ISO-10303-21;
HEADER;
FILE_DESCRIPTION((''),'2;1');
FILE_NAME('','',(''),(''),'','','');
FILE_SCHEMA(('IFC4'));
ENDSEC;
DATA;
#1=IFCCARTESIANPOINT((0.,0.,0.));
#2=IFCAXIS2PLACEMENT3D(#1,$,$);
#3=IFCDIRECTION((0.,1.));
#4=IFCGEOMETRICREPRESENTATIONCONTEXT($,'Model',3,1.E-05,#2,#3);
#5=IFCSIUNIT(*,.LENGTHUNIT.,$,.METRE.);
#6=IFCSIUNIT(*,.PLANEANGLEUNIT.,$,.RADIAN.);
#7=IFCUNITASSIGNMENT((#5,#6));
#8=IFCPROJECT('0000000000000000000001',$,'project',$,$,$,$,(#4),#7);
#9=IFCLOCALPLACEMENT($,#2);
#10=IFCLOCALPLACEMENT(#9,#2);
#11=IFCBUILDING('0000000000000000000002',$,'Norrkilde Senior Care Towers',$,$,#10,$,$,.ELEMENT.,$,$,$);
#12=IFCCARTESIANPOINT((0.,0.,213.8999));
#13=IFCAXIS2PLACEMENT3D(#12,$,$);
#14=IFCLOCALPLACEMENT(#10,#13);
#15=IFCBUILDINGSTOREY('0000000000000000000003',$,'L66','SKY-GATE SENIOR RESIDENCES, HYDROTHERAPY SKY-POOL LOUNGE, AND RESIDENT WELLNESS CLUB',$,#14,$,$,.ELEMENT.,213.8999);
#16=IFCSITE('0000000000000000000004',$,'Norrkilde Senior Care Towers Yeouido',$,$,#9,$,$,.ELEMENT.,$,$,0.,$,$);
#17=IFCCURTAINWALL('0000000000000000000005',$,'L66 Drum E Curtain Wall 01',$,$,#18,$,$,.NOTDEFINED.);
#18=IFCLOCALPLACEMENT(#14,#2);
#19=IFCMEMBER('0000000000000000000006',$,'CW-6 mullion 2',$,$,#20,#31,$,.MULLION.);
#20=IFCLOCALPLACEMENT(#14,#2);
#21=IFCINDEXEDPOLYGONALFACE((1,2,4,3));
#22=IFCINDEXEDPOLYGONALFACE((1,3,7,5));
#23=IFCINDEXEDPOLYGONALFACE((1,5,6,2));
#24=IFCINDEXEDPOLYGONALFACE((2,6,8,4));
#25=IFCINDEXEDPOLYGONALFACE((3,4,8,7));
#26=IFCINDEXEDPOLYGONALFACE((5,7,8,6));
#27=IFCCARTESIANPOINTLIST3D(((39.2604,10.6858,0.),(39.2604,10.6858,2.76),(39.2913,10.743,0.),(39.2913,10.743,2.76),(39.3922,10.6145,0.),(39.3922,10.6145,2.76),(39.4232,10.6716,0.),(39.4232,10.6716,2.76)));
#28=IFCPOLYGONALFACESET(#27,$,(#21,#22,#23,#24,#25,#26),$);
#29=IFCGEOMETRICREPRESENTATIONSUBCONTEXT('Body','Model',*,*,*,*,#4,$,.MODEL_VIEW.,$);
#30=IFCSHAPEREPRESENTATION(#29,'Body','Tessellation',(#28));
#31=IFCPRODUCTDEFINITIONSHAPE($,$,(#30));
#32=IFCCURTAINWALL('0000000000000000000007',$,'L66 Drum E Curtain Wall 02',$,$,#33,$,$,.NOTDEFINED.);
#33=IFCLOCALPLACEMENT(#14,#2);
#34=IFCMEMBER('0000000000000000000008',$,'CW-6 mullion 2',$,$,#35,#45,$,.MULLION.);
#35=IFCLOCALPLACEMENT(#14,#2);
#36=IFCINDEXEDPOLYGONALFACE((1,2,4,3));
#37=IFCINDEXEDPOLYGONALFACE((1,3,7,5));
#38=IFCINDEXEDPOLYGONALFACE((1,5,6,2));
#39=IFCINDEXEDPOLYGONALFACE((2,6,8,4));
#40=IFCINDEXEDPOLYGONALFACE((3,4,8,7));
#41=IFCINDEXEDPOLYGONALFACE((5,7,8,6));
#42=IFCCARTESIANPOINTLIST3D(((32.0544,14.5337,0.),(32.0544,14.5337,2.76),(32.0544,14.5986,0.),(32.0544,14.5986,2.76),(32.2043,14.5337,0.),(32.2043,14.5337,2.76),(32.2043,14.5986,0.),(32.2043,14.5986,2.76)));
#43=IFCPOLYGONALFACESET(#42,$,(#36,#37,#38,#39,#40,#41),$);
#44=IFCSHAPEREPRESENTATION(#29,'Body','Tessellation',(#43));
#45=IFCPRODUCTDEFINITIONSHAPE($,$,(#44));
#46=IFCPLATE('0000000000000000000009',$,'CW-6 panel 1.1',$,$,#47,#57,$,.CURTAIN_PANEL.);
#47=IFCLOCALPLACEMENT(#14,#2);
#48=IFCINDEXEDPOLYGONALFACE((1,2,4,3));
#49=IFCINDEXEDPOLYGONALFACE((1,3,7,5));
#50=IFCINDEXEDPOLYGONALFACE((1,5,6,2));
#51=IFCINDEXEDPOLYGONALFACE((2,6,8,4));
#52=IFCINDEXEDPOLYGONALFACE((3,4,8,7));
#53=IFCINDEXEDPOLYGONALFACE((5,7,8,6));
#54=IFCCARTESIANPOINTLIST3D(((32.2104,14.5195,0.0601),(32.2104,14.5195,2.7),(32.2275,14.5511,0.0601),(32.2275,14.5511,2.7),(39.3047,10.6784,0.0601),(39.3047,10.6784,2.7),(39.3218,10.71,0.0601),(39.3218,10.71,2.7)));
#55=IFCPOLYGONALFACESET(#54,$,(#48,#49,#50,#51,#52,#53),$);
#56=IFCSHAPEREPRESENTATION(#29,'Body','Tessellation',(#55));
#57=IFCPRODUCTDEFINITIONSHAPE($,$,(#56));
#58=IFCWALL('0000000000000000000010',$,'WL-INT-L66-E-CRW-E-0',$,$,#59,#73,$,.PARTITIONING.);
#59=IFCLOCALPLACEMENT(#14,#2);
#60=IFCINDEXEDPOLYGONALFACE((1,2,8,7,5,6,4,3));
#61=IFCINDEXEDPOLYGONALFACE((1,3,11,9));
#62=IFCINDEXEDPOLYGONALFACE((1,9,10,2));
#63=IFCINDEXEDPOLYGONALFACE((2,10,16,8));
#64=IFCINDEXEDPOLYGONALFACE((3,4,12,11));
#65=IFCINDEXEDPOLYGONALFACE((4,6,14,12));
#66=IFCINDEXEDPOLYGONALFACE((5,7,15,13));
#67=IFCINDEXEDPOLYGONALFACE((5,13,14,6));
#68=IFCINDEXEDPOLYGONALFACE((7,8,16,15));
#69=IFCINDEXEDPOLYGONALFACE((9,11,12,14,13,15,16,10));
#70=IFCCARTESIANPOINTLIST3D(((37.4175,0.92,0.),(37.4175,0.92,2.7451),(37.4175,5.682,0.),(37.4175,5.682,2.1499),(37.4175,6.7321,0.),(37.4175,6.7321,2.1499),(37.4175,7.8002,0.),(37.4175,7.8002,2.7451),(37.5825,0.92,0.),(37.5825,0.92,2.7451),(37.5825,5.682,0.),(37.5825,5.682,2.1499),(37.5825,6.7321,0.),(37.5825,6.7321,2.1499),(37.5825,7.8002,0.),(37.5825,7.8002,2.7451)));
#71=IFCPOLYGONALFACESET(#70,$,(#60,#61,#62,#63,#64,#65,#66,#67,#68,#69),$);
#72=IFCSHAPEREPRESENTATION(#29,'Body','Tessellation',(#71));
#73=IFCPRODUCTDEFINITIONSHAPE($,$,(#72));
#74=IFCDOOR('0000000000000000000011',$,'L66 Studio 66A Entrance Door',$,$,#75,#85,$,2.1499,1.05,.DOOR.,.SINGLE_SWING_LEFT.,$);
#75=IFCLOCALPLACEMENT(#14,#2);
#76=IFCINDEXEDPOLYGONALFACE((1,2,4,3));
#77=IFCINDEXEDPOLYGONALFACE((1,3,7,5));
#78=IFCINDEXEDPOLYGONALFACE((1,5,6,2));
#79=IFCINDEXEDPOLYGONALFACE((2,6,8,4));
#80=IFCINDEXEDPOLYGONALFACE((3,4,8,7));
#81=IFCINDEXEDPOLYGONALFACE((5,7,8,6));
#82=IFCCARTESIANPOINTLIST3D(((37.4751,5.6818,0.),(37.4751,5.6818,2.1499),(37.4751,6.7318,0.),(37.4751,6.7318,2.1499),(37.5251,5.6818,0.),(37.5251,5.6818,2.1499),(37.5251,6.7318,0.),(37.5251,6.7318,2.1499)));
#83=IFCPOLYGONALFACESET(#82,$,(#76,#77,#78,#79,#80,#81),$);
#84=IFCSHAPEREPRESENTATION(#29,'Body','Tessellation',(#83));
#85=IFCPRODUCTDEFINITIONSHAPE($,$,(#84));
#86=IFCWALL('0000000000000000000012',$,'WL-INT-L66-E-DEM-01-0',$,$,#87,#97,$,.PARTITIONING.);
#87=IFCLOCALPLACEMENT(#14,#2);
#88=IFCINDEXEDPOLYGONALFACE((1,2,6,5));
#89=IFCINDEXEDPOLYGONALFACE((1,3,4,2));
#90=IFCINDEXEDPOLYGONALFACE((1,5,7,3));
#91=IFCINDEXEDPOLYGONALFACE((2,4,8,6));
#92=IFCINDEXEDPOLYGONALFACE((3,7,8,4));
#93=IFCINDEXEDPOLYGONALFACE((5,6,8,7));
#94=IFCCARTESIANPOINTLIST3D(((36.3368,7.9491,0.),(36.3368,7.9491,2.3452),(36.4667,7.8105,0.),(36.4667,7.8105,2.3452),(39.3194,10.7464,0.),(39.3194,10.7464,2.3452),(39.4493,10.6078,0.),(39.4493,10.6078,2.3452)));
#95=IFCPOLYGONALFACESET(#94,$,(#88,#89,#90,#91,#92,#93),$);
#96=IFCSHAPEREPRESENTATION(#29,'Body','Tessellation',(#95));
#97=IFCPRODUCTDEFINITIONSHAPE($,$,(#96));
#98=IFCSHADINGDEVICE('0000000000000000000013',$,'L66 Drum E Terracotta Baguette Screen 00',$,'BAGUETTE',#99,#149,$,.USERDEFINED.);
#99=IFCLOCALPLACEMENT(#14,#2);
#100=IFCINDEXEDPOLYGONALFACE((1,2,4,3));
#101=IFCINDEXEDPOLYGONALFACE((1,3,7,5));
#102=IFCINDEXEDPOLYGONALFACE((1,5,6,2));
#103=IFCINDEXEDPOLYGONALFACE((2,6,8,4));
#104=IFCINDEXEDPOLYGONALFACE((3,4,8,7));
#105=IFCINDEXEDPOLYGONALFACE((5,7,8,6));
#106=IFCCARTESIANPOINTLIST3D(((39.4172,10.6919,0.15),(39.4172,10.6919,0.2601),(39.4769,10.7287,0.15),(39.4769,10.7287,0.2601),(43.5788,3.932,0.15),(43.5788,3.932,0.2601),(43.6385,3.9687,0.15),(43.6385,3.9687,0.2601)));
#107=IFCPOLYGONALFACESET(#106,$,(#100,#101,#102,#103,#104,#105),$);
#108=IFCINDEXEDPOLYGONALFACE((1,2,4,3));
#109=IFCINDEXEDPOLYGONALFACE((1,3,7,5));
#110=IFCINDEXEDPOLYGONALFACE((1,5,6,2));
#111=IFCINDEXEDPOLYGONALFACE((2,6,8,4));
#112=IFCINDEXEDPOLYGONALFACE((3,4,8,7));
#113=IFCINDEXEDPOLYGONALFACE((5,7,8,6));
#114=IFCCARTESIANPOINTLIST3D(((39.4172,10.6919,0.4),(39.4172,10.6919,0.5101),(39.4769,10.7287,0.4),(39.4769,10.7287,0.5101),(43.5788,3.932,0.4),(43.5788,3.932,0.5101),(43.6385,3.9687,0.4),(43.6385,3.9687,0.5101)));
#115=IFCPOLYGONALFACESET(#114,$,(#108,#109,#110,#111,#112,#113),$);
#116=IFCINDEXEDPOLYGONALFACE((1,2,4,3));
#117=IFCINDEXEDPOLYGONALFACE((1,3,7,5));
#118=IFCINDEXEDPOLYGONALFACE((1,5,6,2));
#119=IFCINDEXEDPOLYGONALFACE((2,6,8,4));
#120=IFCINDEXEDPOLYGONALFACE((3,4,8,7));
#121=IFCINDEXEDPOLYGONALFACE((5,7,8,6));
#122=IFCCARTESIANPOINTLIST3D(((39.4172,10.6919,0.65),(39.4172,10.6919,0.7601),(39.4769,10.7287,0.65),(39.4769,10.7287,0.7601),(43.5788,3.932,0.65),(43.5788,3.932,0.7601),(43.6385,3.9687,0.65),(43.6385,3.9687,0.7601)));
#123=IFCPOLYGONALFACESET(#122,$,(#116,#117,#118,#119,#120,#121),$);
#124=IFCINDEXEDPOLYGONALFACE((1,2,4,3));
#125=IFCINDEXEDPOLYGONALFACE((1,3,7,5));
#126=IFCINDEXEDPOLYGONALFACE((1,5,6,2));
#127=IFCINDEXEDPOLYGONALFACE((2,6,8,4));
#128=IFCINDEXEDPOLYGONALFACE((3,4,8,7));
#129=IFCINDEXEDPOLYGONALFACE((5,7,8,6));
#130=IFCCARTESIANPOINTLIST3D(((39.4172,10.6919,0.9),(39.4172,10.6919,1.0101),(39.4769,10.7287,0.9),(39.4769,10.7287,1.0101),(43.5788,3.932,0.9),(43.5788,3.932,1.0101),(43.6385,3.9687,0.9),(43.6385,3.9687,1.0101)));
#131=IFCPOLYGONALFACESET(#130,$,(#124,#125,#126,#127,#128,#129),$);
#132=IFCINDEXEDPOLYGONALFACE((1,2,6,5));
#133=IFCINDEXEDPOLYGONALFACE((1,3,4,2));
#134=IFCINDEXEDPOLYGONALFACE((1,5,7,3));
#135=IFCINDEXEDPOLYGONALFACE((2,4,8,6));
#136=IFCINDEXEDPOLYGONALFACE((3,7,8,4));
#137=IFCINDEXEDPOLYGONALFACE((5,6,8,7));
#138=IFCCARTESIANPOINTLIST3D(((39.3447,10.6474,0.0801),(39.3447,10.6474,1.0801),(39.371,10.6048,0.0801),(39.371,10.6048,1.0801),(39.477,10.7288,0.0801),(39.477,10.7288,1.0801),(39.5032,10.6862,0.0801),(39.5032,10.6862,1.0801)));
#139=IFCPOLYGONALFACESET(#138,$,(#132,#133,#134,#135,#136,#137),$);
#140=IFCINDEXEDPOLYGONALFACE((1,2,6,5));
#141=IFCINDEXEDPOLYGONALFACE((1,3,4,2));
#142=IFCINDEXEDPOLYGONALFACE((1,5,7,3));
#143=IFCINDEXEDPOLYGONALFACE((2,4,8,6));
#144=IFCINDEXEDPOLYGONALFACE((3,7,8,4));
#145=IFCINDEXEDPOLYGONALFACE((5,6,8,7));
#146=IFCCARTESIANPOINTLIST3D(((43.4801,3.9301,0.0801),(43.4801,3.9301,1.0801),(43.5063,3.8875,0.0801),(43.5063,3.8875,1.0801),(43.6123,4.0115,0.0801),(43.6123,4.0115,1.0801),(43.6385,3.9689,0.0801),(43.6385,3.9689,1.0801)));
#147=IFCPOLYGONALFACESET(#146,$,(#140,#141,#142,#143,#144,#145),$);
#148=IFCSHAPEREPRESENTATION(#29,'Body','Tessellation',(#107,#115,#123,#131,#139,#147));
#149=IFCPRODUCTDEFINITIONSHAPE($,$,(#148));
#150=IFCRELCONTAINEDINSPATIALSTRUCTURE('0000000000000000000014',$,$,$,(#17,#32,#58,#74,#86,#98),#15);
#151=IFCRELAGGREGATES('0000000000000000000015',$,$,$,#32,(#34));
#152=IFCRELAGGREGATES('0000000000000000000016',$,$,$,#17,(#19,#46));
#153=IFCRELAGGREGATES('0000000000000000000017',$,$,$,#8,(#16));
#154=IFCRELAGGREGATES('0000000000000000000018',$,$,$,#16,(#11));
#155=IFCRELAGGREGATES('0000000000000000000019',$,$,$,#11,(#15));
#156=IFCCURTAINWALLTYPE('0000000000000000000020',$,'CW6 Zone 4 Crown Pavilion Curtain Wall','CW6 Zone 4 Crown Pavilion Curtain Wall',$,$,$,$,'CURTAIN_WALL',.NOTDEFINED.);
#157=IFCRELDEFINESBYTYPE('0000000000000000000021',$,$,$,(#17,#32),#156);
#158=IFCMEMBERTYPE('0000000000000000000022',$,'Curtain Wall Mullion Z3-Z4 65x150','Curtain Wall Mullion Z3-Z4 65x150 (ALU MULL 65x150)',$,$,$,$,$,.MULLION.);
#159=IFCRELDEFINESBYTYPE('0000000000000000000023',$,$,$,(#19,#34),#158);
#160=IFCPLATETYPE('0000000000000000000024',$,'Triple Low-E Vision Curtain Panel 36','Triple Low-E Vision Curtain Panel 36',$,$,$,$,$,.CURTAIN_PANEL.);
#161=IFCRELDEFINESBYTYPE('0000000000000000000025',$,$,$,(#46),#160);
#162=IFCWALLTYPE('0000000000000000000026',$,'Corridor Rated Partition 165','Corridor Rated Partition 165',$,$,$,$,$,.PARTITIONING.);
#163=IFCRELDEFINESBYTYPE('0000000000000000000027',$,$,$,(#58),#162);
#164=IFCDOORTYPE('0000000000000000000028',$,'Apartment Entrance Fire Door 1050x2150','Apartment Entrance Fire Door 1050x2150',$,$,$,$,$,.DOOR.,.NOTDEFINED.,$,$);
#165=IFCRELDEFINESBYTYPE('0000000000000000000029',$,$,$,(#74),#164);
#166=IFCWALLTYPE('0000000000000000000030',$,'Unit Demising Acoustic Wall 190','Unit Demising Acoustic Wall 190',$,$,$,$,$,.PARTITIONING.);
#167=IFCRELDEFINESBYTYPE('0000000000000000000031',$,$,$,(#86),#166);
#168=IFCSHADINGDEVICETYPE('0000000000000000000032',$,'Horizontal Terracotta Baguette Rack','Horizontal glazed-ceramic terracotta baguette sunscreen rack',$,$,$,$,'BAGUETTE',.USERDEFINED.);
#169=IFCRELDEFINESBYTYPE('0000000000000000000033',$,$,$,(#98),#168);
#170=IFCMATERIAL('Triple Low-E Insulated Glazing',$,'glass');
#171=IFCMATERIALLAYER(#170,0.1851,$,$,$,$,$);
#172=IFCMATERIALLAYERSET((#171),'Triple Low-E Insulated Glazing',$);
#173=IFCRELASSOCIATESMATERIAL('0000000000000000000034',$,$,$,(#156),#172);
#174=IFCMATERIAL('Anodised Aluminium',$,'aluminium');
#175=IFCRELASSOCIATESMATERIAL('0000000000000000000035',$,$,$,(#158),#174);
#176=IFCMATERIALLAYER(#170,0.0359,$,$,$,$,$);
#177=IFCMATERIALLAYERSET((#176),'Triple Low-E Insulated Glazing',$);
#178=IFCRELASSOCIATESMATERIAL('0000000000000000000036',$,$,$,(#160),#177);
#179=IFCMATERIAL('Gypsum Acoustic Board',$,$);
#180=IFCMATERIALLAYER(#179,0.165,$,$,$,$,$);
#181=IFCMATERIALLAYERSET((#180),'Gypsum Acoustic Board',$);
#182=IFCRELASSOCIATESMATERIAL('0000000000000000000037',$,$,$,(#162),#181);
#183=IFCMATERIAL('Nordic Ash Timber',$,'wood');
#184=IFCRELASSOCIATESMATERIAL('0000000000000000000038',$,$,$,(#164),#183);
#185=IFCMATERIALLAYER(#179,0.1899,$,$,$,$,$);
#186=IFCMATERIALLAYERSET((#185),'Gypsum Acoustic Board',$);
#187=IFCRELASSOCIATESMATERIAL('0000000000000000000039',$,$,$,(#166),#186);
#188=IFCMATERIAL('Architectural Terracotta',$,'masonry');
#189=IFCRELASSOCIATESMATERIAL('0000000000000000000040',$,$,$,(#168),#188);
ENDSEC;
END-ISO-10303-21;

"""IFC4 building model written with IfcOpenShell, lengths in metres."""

from ifc_helpers import new_model, si_unit, direction, frame, frame_2d, origin, origin_2d, place, context, subcontext, project, spatial, rectangle, extrude, source, transform, mapped, material, layer, layer_set, material_profile, profile_set, type_object, type_shapes, element, fill, aggregate, save


model = new_model("IFC4")

# Units and contexts
model_context = context("Model", 3, precision=1e-05, world=origin(), true_north=direction((0.0, 1.0)))
body_context = subcontext(model_context, "Body", "Model", "MODEL_VIEW")
ifc_project = project(units=[si_unit("LENGTHUNIT", "METRE"), si_unit("PLANEANGLEUNIT", "RADIAN")], contexts=[model_context])

# Site, building, storey
site_placement = place(None, origin())
site = spatial("IfcSite", under=ifc_project, at=site_placement, Name="Norrkilde Senior Care Towers Yeouido", CompositionType="ELEMENT", RefElevation=0.0)
building_placement = place(site_placement, origin())
building = spatial("IfcBuilding", under=site, at=building_placement, Name="Norrkilde Senior Care Towers", CompositionType="ELEMENT")
storey_placement = place(building_placement, frame((0.0, 0.0, 213.8999)))
storey = spatial("IfcBuildingStorey", under=building, at=storey_placement, Name="L66", Description="SKY-GATE SENIOR RESIDENCES, HYDROTHERAPY SKY-POOL LOUNGE, AND RESIDENT WELLNESS CLUB", CompositionType="ELEMENT", Elevation=213.8999)

# Curtain wall
ifc_material_1 = material(Name="Triple Low-E Insulated Glazing", Category="glass")
ifc_layer_1 = layer(ifc_material_1, 0.1851)
ifc_layer_set_1 = layer_set([ifc_layer_1], Name="Triple Low-E Insulated Glazing")
curtain_wall_type = type_object("IfcCurtainWallType", Name="CW6 Zone 4 Crown Pavilion Curtain Wall", Description="CW6 Zone 4 Crown Pavilion Curtain Wall", ElementType="CURTAIN_WALL", PredefinedType="NOTDEFINED", material=ifc_layer_set_1)
ifc_material_2 = material(Name="Anodised Aluminium", Category="aluminium")
curtain_wall_1_placement = place(storey_placement, origin())
curtain_wall_1 = element("IfcCurtainWall", 1, at=curtain_wall_1_placement, inside=storey, type_object=curtain_wall_type, Name="L66 Drum E Curtain Wall 01", PredefinedType="NOTDEFINED")

# Member
ifc_material_profile_1 = material_profile(ifc_material_2, rectangle(XDim=0.0649, YDim=0.1499, at=origin_2d()), Name="ALU MULL 65x150")
ifc_profile_set_1 = profile_set([ifc_material_profile_1], Name="Anodised Aluminium")
member_type_1 = type_object("IfcMemberType", Name="Curtain Wall Mullion Z3-Z4 65x150", Description="Curtain Wall Mullion Z3-Z4 65x150 (ALU MULL 65x150)", PredefinedType="MULLION", material=ifc_profile_set_1)
shared_shape_1 = source(origin(), body_context, "Body", "SweptSolid", [
    extrude(rectangle(XDim=0.0649, YDim=0.1499, at=origin_2d()), origin(), (0.0, 0.0, 1.0), 2.76),
])
type_shapes(member_type_1, [shared_shape_1])
member_1_placement = place(storey_placement, frame((39.3418, 10.6787, 0.0), z_axis=(0.0, 0.0, 1.0), x_axis=(0.476133, 0.879373, 0.0)))
member_1 = element("IfcMember", 2, at=member_1_placement, type_object=member_type_1, Name="CW-6 mullion 2", PredefinedType="MULLION", context=body_context, shape_type="MappedRepresentation", body=[
    mapped(shared_shape_1, transform((0.0, 0.0, 0.0), x_axis=(1.0, 0.0, 0.0), y_axis=(0.0, 1.0, 0.0), z_axis=(0.0, 0.0, 1.0), scale=1.0)),
])

# Curtain wall, member
curtain_wall_2_placement = place(storey_placement, origin())
curtain_wall_2 = element("IfcCurtainWall", 3, at=curtain_wall_2_placement, inside=storey, type_object=curtain_wall_type, Name="L66 Drum E Curtain Wall 02", PredefinedType="NOTDEFINED")
member_2_placement = place(storey_placement, frame((32.1294, 14.5662, 0.0), z_axis=(0.0, 0.0, 1.0), x_axis=(0.0, 1.0, 0.0)))
member_2 = element("IfcMember", 4, at=member_2_placement, type_object=member_type_1, Name="CW-6 mullion 2", PredefinedType="MULLION", context=body_context, shape_type="MappedRepresentation", body=[
    mapped(shared_shape_1, transform((0.0, 0.0, 0.0), x_axis=(1.0, 0.0, 0.0), y_axis=(0.0, 1.0, 0.0), z_axis=(0.0, 0.0, 1.0), scale=1.0)),
])
aggregate(curtain_wall_2, [member_2])

# Plate
ifc_layer_2 = layer(ifc_material_1, 0.0359)
ifc_layer_set_2 = layer_set([ifc_layer_2], Name="Triple Low-E Insulated Glazing")
plate_type = type_object("IfcPlateType", Name="Triple Low-E Vision Curtain Panel 36", Description="Triple Low-E Vision Curtain Panel 36", PredefinedType="CURTAIN_PANEL", material=ifc_layer_set_2)
shared_shape_2 = source(origin(), body_context, "Body", "SweptSolid", [
    extrude(rectangle(XDim=8.0674, YDim=0.0359, at=origin_2d()), origin(), (0.0, 0.0, 1.0), 2.6399),
])
type_shapes(plate_type, [shared_shape_2])
plate_placement = place(storey_placement, frame((35.7661, 12.6147, 0.0601), z_axis=(0.0, 0.0, 1.0), x_axis=(0.879373, -0.476133, 0.0)))
plate = element("IfcPlate", 5, at=plate_placement, type_object=plate_type, Name="CW-6 panel 1.1", PredefinedType="CURTAIN_PANEL", context=body_context, shape_type="MappedRepresentation", body=[
    mapped(shared_shape_2, transform((0.0, 0.0, 0.0), x_axis=(1.0, 0.0, 0.0), y_axis=(0.0, 1.0, 0.0), z_axis=(0.0, 0.0, 1.0), scale=1.0)),
])
aggregate(curtain_wall_1, [member_1, plate])

# Wall, opening, door
ifc_material_3 = material(Name="Gypsum Acoustic Board")
ifc_layer_3 = layer(ifc_material_3, 0.165)
ifc_layer_set_3 = layer_set([ifc_layer_3], Name="Gypsum Acoustic Board")
wall_type_1 = type_object("IfcWallType", Name="Corridor Rated Partition 165", Description="Corridor Rated Partition 165", PredefinedType="PARTITIONING", material=ifc_layer_set_3)
shared_shape_3 = source(origin(), body_context, "Body", "SweptSolid", [
    extrude(rectangle(XDim=6.8801, YDim=0.165, at=frame_2d((3.4399, 0.0))), origin(), (0.0, 0.0, 1.0), 2.7451),
])
type_shapes(wall_type_1, [shared_shape_3])
wall_1_placement = place(storey_placement, frame((37.5, 7.8, 0.0), z_axis=(0.0, 0.0, 1.0), x_axis=(0.0, -1.0, 0.0)))
wall_1 = element("IfcWall", 6, at=wall_1_placement, inside=storey, type_object=wall_type_1, Name="WL-INT-L66-E-CRW-E-0", PredefinedType="PARTITIONING", context=body_context, shape_type="MappedRepresentation", body=[
    mapped(shared_shape_3, transform((0.0, 0.0, 0.0), x_axis=(1.0, 0.0, 0.0), y_axis=(0.0, 1.0, 0.0), z_axis=(0.0, 0.0, 1.0), scale=1.0)),
])
opening_placement = place(wall_1_placement, frame((1.0681, 0.0, 0.0)))
opening = element("IfcOpeningElement", 7, at=opening_placement, cuts=wall_1, PredefinedType="OPENING", context=body_context, shape_type="SweptSolid", body=[
    extrude(rectangle(XDim=1.05, YDim=2.1499, at=frame_2d((0.5249, 1.075))), frame((0.0, 0.0925, 0.0), z_axis=(0.0, -1.0, 0.0), x_axis=(1.0, 0.0, 0.0)), (0.0, 0.0, 1.0), 0.1851),
])
ifc_material_4 = material(Name="Nordic Ash Timber", Category="wood")
door_type = type_object("IfcDoorType", Name="Apartment Entrance Fire Door 1050x2150", Description="Apartment Entrance Fire Door 1050x2150", OperationType="NOTDEFINED", PredefinedType="DOOR", material=ifc_material_4)
shared_shape_4 = source(origin(), body_context, "Body", "SweptSolid", [
    extrude(rectangle(XDim=1.05, YDim=2.1499, at=frame_2d((0.5249, 1.075))), frame((0.0, 0.0249, 0.0), z_axis=(0.0, -1.0, 0.0), x_axis=(1.0, 0.0, 0.0)), (0.0, 0.0, 1.0), 0.05),
])
type_shapes(door_type, [shared_shape_4])
door_placement = place(opening_placement, frame((1.05, 0.0, 0.0), z_axis=(0.0, 0.0, 1.0), x_axis=(-1.0, 0.0, 0.0)))
door = element("IfcDoor", 8, at=door_placement, inside=storey, type_object=door_type, Name="L66 Studio 66A Entrance Door", OperationType="SINGLE_SWING_LEFT", OverallHeight=2.1499, OverallWidth=1.05, PredefinedType="DOOR", context=body_context, shape_type="MappedRepresentation", body=[
    mapped(shared_shape_4, transform((0.0, 0.0, 0.0), x_axis=(1.0, 0.0, 0.0), y_axis=(0.0, 1.0, 0.0), z_axis=(0.0, 0.0, 1.0), scale=1.0)),
])
fill(opening, door)

# Wall
ifc_layer_4 = layer(ifc_material_3, 0.1899)
ifc_layer_set_4 = layer_set([ifc_layer_4], Name="Gypsum Acoustic Board")
wall_type_2 = type_object("IfcWallType", Name="Unit Demising Acoustic Wall 190", Description="Unit Demising Acoustic Wall 190", PredefinedType="PARTITIONING", material=ifc_layer_set_4)
shared_shape_5 = source(origin(), body_context, "Body", "SweptSolid", [
    extrude(rectangle(XDim=4.0891, YDim=0.1899, at=frame_2d((2.0444, 0.0))), origin(), (0.0, 0.0, 1.0), 2.3452),
])
type_shapes(wall_type_2, [shared_shape_5])
wall_2_placement = place(storey_placement, frame((36.4019, 7.8799, 0.0), z_axis=(0.0, 0.0, 1.0), x_axis=(0.729401, 0.684086, 0.0)))
element("IfcWall", 9, at=wall_2_placement, inside=storey, type_object=wall_type_2, Name="WL-INT-L66-E-DEM-01-0", PredefinedType="PARTITIONING", context=body_context, shape_type="MappedRepresentation", body=[
    mapped(shared_shape_5, transform((0.0, 0.0, 0.0), x_axis=(1.0, 0.0, 0.0), y_axis=(0.0, 1.0, 0.0), z_axis=(0.0, 0.0, 1.0), scale=1.0)),
])

# Shading device
ifc_material_5 = material(Name="Architectural Terracotta", Category="masonry")
shading_device_type = type_object("IfcShadingDeviceType", Name="Horizontal Terracotta Baguette Rack", Description="Horizontal glazed-ceramic terracotta baguette sunscreen rack", ElementType="BAGUETTE", PredefinedType="USERDEFINED", material=ifc_material_5)
shared_shape_6 = source(origin(), body_context, "Body", "SweptSolid", [
    extrude(rectangle(XDim=0.0701, YDim=0.1101, at=origin_2d()), frame((0.0, 0.0901, 0.125), z_axis=(1.0, 0.0, 0.0), x_axis=(0.0, 1.0, 0.0)), (0.0, 0.0, 1.0), 7.9382),
    extrude(rectangle(XDim=0.0701, YDim=0.1101, at=origin_2d()), frame((0.0, 0.0901, 0.375), z_axis=(1.0, 0.0, 0.0), x_axis=(0.0, 1.0, 0.0)), (0.0, 0.0, 1.0), 7.9382),
    extrude(rectangle(XDim=0.0701, YDim=0.1101, at=origin_2d()), frame((0.0, 0.0901, 0.625), z_axis=(1.0, 0.0, 0.0), x_axis=(0.0, 1.0, 0.0)), (0.0, 0.0, 1.0), 7.9382),
    extrude(rectangle(XDim=0.0701, YDim=0.1101, at=origin_2d()), frame((0.0, 0.0901, 0.875), z_axis=(1.0, 0.0, 0.0), x_axis=(0.0, 1.0, 0.0)), (0.0, 0.0, 1.0), 7.9382),
    extrude(rectangle(XDim=0.05, YDim=0.1553, at=origin_2d()), frame((0.0249, 0.0476, 0.0)), (0.0, 0.0, 1.0), 1.0),
    extrude(rectangle(XDim=0.05, YDim=0.1553, at=origin_2d()), frame((7.9131, 0.0476, 0.0)), (0.0, 0.0, 1.0), 1.0),
])
type_shapes(shading_device_type, [shared_shape_6])
shading_device_placement = place(storey_placement, frame((39.3704, 10.6631, 0.0801), z_axis=(0.0, 0.0, 1.0), x_axis=(0.52425, -0.851576, 0.0)))
element("IfcShadingDevice", 10, at=shading_device_placement, inside=storey, type_object=shading_device_type, Name="L66 Drum E Terracotta Baguette Screen 00", ObjectType="BAGUETTE", PredefinedType="USERDEFINED", context=body_context, shape_type="MappedRepresentation", body=[
    mapped(shared_shape_6, transform((0.0, 0.0, 0.0), x_axis=(1.0, 0.0, 0.0), y_axis=(0.0, 1.0, 0.0), z_axis=(0.0, 0.0, 1.0), scale=1.0)),
])

save(model, "model.ifc")
